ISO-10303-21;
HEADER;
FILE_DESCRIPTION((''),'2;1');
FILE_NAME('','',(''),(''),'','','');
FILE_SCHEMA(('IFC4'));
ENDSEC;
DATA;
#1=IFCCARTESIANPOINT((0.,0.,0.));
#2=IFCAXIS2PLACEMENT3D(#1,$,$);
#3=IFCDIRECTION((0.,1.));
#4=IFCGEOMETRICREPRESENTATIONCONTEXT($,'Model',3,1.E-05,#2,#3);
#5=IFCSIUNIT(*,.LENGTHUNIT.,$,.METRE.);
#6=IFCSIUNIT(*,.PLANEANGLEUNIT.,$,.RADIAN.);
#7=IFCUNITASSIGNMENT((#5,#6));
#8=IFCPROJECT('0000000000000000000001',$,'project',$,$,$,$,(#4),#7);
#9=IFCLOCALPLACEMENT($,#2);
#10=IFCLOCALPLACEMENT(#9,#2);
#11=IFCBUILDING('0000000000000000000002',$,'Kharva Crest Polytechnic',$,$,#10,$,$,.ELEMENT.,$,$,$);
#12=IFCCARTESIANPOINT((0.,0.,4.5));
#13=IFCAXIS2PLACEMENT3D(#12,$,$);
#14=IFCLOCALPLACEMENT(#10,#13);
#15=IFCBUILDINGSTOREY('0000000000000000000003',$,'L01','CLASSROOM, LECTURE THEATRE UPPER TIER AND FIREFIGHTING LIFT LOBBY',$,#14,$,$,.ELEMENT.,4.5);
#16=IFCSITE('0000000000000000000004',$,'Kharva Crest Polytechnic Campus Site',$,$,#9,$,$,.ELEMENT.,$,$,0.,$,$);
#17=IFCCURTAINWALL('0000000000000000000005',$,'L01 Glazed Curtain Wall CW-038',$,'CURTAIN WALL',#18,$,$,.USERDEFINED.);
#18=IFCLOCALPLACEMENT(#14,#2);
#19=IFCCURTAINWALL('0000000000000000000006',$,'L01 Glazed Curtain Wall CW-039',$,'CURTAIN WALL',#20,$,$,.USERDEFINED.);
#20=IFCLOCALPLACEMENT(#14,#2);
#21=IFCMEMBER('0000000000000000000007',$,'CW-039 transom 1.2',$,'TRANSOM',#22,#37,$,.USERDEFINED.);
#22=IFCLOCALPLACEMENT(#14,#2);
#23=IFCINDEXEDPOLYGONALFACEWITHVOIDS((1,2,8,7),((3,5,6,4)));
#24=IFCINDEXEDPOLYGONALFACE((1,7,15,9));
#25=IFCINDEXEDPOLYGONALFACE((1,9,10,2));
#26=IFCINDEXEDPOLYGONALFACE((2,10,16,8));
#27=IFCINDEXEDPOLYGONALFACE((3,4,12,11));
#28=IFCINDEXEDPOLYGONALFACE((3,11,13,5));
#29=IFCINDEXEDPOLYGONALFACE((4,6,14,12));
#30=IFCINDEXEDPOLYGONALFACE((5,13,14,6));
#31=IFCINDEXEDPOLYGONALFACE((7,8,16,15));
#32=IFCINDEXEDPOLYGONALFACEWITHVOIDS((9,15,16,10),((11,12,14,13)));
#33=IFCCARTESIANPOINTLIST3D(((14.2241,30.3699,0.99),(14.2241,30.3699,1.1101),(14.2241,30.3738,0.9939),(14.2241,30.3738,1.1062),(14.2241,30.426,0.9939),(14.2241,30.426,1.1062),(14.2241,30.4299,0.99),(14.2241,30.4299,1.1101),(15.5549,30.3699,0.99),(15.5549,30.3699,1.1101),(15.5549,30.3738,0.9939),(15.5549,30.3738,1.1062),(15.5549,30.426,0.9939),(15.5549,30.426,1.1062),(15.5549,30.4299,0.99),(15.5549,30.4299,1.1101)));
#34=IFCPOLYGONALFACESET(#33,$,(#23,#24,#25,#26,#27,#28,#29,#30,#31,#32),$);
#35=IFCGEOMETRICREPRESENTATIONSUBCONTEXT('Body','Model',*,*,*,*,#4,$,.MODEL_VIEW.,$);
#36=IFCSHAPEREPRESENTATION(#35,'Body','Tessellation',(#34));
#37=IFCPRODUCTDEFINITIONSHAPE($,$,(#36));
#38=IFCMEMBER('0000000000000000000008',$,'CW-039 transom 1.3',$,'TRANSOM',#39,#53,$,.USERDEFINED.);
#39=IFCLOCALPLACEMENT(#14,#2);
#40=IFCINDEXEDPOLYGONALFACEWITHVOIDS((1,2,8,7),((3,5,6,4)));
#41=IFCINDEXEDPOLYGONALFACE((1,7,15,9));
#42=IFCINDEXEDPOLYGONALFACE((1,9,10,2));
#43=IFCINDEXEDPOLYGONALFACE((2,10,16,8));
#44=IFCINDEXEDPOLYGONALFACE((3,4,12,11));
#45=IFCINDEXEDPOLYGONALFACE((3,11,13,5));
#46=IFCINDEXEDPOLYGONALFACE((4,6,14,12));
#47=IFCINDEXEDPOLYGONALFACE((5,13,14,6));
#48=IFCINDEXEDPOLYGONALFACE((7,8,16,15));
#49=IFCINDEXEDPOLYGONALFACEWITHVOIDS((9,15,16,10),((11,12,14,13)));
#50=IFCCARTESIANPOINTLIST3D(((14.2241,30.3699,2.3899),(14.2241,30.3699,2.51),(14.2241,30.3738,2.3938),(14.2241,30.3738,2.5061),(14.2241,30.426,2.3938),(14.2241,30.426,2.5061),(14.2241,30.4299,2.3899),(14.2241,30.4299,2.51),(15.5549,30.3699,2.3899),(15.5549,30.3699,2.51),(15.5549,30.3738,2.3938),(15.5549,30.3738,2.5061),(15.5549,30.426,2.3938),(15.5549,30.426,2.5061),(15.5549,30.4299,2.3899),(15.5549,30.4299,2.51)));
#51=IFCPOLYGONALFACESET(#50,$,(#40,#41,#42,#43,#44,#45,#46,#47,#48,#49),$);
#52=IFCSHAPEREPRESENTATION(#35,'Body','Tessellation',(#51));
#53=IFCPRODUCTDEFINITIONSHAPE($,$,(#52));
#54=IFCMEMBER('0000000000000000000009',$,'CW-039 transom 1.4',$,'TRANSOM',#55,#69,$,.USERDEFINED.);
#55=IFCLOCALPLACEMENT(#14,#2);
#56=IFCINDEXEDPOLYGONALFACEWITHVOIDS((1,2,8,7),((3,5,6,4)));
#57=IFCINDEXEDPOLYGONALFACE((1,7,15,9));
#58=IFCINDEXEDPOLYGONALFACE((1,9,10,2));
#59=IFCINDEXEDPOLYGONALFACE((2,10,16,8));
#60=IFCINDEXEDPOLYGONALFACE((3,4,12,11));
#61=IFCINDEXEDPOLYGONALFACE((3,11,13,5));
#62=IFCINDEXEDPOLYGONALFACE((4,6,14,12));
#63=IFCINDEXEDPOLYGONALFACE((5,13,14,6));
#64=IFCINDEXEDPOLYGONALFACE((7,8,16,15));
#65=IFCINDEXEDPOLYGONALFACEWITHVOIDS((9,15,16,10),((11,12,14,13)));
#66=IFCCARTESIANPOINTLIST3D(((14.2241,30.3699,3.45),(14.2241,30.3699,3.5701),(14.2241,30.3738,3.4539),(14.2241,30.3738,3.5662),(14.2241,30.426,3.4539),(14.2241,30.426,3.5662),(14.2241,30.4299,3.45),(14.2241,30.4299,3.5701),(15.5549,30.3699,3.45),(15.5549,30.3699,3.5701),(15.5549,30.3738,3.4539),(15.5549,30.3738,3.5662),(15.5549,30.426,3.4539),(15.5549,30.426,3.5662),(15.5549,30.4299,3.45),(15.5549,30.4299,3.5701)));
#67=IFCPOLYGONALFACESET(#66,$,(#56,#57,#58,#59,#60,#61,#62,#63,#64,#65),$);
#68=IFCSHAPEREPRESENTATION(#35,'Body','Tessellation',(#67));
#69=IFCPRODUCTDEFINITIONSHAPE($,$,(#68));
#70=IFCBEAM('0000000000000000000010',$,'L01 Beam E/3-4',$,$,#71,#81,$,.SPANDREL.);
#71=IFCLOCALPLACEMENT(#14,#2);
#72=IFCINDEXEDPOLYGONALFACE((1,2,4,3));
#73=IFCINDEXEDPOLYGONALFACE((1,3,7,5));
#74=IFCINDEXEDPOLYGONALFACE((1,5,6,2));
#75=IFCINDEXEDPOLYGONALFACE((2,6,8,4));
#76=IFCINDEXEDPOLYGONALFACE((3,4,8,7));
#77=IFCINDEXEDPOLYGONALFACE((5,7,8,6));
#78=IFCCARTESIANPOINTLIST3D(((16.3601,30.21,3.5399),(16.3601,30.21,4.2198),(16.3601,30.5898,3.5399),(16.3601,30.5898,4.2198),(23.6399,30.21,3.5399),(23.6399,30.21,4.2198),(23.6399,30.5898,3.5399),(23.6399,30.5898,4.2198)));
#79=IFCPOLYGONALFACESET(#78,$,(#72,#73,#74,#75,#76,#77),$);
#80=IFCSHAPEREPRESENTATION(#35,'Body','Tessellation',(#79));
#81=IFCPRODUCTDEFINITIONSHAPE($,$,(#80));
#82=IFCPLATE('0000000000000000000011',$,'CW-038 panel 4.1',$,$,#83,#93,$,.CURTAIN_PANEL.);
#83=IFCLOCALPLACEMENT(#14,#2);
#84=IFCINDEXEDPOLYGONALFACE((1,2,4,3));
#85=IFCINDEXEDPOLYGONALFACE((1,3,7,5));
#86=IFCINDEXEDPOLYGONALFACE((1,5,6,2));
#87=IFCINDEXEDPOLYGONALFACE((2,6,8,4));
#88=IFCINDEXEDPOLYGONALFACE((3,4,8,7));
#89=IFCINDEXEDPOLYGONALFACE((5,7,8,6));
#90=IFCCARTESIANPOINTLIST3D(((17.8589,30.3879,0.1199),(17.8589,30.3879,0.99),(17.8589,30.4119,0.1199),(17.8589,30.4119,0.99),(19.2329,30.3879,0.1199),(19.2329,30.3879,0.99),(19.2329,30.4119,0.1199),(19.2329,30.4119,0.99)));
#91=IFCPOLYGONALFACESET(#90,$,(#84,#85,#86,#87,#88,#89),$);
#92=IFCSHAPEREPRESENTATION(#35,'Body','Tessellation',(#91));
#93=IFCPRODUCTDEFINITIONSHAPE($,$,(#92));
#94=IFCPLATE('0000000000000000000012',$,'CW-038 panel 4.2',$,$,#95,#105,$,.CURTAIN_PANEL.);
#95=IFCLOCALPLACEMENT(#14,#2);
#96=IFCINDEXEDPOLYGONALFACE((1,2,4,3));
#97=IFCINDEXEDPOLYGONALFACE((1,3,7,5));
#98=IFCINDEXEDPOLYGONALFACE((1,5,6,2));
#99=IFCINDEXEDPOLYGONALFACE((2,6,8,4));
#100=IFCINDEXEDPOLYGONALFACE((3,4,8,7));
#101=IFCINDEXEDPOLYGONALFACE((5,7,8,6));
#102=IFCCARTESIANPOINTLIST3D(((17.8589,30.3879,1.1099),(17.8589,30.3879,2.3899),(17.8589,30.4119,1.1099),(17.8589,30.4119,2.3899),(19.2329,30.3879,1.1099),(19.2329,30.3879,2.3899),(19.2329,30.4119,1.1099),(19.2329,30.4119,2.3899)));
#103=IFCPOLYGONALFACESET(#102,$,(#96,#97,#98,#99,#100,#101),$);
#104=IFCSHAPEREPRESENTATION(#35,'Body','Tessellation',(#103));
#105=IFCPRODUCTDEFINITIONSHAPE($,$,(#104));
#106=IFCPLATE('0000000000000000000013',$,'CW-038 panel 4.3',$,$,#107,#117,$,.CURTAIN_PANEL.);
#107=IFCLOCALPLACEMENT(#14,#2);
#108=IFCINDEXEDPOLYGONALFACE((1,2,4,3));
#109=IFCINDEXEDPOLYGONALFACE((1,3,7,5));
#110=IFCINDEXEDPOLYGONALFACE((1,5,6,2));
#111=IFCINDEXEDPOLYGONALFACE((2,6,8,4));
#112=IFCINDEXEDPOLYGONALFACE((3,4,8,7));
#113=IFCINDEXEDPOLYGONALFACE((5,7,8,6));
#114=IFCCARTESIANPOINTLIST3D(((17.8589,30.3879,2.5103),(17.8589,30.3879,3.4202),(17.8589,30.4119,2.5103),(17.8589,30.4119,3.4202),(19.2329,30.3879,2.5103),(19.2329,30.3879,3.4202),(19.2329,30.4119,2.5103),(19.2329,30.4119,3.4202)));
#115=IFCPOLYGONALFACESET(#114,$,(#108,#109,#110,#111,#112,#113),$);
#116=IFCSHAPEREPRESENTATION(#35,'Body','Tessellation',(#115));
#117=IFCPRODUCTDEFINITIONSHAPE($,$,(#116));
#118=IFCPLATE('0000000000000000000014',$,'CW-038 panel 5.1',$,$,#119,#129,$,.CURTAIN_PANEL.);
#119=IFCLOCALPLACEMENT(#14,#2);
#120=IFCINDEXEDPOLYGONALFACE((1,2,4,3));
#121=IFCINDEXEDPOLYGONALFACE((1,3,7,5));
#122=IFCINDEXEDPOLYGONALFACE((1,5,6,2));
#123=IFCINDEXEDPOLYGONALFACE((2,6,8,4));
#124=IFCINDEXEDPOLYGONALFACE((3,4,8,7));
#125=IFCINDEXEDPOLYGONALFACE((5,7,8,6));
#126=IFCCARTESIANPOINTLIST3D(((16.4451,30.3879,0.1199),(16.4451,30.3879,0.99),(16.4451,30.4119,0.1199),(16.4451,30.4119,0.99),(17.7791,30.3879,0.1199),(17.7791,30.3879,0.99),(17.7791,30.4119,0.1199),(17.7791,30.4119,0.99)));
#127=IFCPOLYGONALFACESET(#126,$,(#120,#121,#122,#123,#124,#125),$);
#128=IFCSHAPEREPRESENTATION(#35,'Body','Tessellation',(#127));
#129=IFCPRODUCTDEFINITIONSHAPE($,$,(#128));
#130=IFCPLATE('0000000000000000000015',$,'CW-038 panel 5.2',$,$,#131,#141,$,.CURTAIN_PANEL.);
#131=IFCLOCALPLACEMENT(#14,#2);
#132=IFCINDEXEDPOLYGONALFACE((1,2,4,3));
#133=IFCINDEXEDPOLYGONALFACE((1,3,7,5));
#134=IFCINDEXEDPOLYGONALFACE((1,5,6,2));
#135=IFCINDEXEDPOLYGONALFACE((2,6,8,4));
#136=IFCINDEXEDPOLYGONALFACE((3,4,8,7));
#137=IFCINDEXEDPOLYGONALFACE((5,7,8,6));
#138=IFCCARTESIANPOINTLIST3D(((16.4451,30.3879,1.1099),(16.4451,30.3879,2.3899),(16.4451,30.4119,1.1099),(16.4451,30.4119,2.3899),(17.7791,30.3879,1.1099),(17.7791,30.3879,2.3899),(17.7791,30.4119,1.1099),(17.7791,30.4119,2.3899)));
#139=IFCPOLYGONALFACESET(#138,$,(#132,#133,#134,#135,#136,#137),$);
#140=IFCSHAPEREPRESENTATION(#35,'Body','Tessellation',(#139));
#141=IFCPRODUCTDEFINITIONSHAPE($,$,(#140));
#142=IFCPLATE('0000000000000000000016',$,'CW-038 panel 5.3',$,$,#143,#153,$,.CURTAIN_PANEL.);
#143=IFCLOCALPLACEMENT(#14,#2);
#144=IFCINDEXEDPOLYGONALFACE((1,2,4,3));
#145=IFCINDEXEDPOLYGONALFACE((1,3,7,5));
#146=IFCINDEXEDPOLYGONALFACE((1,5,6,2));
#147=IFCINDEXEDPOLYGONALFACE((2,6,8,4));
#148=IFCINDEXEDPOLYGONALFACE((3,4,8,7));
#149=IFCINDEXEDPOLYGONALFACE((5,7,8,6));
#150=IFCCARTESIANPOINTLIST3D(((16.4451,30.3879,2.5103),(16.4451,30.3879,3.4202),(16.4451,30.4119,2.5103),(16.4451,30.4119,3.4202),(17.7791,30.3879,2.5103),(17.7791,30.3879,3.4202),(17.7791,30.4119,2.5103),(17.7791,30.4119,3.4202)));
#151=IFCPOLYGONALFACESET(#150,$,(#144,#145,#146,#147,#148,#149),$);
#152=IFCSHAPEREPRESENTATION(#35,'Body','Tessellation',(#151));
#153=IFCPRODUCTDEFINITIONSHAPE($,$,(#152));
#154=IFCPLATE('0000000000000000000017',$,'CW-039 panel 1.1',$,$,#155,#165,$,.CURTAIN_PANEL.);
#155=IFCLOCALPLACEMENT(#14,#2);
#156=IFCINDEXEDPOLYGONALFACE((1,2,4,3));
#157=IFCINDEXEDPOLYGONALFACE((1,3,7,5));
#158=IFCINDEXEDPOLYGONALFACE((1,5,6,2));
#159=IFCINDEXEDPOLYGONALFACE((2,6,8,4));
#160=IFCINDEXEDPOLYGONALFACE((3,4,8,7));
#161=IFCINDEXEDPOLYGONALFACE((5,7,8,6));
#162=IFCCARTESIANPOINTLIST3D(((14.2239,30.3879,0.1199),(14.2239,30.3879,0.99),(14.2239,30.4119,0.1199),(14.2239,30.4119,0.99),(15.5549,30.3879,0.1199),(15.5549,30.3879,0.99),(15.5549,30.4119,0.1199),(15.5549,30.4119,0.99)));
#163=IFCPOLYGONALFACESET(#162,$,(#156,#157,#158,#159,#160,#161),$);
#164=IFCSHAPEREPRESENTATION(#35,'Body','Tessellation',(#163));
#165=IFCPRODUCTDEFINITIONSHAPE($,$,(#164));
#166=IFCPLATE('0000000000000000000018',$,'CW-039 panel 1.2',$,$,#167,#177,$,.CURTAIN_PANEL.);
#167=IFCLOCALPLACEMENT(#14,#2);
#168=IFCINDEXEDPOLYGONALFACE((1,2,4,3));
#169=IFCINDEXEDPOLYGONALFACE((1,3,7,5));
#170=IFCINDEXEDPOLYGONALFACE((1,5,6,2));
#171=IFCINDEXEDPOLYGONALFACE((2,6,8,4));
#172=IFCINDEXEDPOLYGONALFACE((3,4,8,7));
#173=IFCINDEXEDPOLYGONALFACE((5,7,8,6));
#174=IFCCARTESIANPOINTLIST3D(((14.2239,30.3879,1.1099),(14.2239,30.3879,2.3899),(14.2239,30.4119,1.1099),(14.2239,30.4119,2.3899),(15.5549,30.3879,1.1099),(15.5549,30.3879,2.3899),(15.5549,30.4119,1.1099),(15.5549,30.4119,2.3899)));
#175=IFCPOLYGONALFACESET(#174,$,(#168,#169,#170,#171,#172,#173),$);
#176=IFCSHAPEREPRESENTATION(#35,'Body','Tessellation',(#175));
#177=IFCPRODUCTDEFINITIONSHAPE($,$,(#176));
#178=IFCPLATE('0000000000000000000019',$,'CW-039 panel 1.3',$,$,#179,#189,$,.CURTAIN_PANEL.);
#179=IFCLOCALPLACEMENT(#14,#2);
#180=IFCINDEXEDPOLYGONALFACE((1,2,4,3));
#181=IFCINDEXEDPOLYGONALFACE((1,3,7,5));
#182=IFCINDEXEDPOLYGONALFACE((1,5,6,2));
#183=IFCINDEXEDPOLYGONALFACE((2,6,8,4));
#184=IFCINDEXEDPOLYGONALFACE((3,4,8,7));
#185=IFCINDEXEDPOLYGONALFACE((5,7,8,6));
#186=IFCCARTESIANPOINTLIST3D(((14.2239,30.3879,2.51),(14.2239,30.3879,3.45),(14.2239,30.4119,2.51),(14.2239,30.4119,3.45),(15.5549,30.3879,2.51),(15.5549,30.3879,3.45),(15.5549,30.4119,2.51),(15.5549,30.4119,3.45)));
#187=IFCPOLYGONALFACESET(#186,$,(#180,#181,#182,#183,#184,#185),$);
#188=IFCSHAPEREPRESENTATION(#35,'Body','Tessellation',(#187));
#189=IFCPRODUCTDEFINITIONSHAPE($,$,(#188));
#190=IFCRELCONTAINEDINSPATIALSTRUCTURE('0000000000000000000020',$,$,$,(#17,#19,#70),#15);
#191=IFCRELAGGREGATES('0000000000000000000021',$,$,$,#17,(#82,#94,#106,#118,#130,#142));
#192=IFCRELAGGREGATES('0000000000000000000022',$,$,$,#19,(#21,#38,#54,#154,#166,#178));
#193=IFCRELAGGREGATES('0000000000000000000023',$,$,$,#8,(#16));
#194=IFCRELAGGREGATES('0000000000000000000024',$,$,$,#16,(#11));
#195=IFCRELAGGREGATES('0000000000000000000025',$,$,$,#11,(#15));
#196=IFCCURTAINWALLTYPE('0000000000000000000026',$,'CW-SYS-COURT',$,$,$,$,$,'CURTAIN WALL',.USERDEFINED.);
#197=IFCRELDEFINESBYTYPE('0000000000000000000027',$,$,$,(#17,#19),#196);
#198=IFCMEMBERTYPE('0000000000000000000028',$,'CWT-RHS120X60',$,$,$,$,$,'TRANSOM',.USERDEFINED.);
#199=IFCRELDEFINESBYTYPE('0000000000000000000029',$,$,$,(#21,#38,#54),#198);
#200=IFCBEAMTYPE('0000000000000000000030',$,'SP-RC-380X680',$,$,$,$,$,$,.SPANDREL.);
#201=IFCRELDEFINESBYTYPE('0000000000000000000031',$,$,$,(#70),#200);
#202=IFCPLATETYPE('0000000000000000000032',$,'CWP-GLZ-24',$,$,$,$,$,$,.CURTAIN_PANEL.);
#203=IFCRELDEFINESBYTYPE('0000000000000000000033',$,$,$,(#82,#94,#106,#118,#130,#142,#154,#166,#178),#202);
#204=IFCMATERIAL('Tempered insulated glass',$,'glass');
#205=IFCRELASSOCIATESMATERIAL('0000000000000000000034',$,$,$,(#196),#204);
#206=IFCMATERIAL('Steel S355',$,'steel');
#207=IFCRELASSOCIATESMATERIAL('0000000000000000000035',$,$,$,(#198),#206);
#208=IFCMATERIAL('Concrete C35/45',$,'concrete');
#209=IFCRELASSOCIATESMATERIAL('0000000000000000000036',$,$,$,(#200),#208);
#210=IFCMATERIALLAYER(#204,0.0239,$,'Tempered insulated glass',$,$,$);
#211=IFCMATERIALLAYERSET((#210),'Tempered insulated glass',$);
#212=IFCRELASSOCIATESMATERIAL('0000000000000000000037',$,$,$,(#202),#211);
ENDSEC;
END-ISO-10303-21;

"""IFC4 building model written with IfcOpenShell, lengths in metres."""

from ifc_helpers import new_model, si_unit, direction, frame, origin, origin_2d, place, context, subcontext, project, spatial, rectangle, hollow_rectangle, extrude, material, layer, layer_set, material_profile, profile_set, type_object, element, aggregate, save


model = new_model("IFC4")

# Units and contexts
model_context = context("Model", 3, precision=1e-05, world=origin(), true_north=direction((0.0, 1.0)))
body_context = subcontext(model_context, "Body", "Model", "MODEL_VIEW")
ifc_project = project(units=[si_unit("LENGTHUNIT", "METRE"), si_unit("PLANEANGLEUNIT", "RADIAN")], contexts=[model_context])

# Site, building, storey
site_placement = place(None, origin())
site = spatial("IfcSite", under=ifc_project, at=site_placement, Name="Kharva Crest Polytechnic Campus Site", CompositionType="ELEMENT", RefElevation=0.0)
building_placement = place(site_placement, origin())
building = spatial("IfcBuilding", under=site, at=building_placement, Name="Kharva Crest Polytechnic", CompositionType="ELEMENT")
storey_placement = place(building_placement, frame((0.0, 0.0, 4.5)))
storey = spatial("IfcBuildingStorey", under=building, at=storey_placement, Name="L01", Description="CLASSROOM, LECTURE THEATRE UPPER TIER AND FIREFIGHTING LIFT LOBBY", CompositionType="ELEMENT", Elevation=4.5)

# Curtain wall
ifc_material_1 = material(Name="Tempered insulated glass", Category="glass")
curtain_wall_type = type_object("IfcCurtainWallType", Name="CW-SYS-COURT", ElementType="CURTAIN WALL", PredefinedType="USERDEFINED", material=ifc_material_1)
curtain_wall_1_placement = place(storey_placement, origin())
curtain_wall_1 = element("IfcCurtainWall", 1, at=curtain_wall_1_placement, inside=storey, type_object=curtain_wall_type, Name="L01 Glazed Curtain Wall CW-038", ObjectType="CURTAIN WALL", PredefinedType="USERDEFINED")
ifc_material_2 = material(Name="Steel S355", Category="steel")

# Curtain wall
curtain_wall_2_placement = place(storey_placement, origin())
curtain_wall_2 = element("IfcCurtainWall", 2, at=curtain_wall_2_placement, inside=storey, type_object=curtain_wall_type, Name="L01 Glazed Curtain Wall CW-039", ObjectType="CURTAIN WALL", PredefinedType="USERDEFINED")

# Members
ifc_material_profile_1 = material_profile(ifc_material_2, hollow_rectangle(XDim=0.0601, YDim=0.1201, WallThickness=0.0039, at=origin_2d()), Name="RHS 120X60X4.0")
ifc_profile_set_1 = profile_set([ifc_material_profile_1], Name="Steel S355")
member_type_1 = type_object("IfcMemberType", Name="CWT-RHS120X60", ElementType="TRANSOM", PredefinedType="USERDEFINED", material=ifc_profile_set_1)
member_1_placement = place(storey_placement, frame((15.5549, 30.3999, 1.05), z_axis=(-1.0, 0.0, 0.0), x_axis=(0.0, -1.0, 0.0)))
member_1 = element("IfcMember", 3, at=member_1_placement, type_object=member_type_1, Name="CW-039 transom 1.2", ObjectType="TRANSOM", PredefinedType="USERDEFINED", context=body_context, shape_type="SweptSolid", body=[
    extrude(hollow_rectangle(XDim=0.0601, YDim=0.1201, WallThickness=0.0039, at=origin_2d()), origin(), (0.0, 0.0, 1.0), 1.3308),
])
member_2_placement = place(storey_placement, frame((15.5549, 30.3999, 2.45), z_axis=(-1.0, 0.0, 0.0), x_axis=(0.0, -1.0, 0.0)))
member_2 = element("IfcMember", 4, at=member_2_placement, type_object=member_type_1, Name="CW-039 transom 1.3", ObjectType="TRANSOM", PredefinedType="USERDEFINED", context=body_context, shape_type="SweptSolid", body=[
    extrude(hollow_rectangle(XDim=0.0601, YDim=0.1201, WallThickness=0.0039, at=origin_2d()), origin(), (0.0, 0.0, 1.0), 1.3308),
])
member_3_placement = place(storey_placement, frame((15.5549, 30.3999, 3.51), z_axis=(-1.0, 0.0, 0.0), x_axis=(0.0, -1.0, 0.0)))
member_3 = element("IfcMember", 5, at=member_3_placement, type_object=member_type_1, Name="CW-039 transom 1.4", ObjectType="TRANSOM", PredefinedType="USERDEFINED", context=body_context, shape_type="SweptSolid", body=[
    extrude(hollow_rectangle(XDim=0.0601, YDim=0.1201, WallThickness=0.0039, at=origin_2d()), origin(), (0.0, 0.0, 1.0), 1.3308),
])

# Beam
ifc_material_3 = material(Name="Concrete C35/45", Category="concrete")
ifc_material_profile_2 = material_profile(ifc_material_3, rectangle(XDim=0.3799, YDim=0.6799, at=origin_2d()), Name="RECT 380 X 680")
ifc_profile_set_2 = profile_set([ifc_material_profile_2], Name="Concrete C35/45")
beam_type = type_object("IfcBeamType", Name="SP-RC-380X680", PredefinedType="SPANDREL", material=ifc_profile_set_2)
beam_placement = place(storey_placement, frame((16.3601, 30.3999, 3.8799), z_axis=(1.0, 0.0, 0.0), x_axis=(0.0, 1.0, 0.0)))
element("IfcBeam", 6, at=beam_placement, inside=storey, type_object=beam_type, Name="L01 Beam E/3-4", PredefinedType="SPANDREL", context=body_context, shape_type="SweptSolid", body=[
    extrude(rectangle(XDim=0.3799, YDim=0.6799, at=origin_2d()), origin(), (0.0, 0.0, 1.0), 7.2798),
])

# Plates
ifc_layer = layer(ifc_material_1, 0.0239, Name="Tempered insulated glass")
ifc_layer_set = layer_set([ifc_layer], Name="Tempered insulated glass")
plate_type = type_object("IfcPlateType", Name="CWP-GLZ-24", PredefinedType="CURTAIN_PANEL", material=ifc_layer_set)
plate_1_placement = place(storey_placement, frame((18.5459, 30.3999, 0.1199), z_axis=(0.0, 0.0, 1.0), x_axis=(-1.0, 0.0, 0.0)))
plate_1 = element("IfcPlate", 7, at=plate_1_placement, type_object=plate_type, Name="CW-038 panel 4.1", PredefinedType="CURTAIN_PANEL", context=body_context, shape_type="SweptSolid", body=[
    extrude(rectangle(XDim=1.374, YDim=0.0239, at=origin_2d()), origin(), (0.0, 0.0, 1.0), 0.8701),
])
plate_2_placement = place(storey_placement, frame((18.5459, 30.3999, 1.1099), z_axis=(0.0, 0.0, 1.0), x_axis=(-1.0, 0.0, 0.0)))
plate_2 = element("IfcPlate", 8, at=plate_2_placement, type_object=plate_type, Name="CW-038 panel 4.2", PredefinedType="CURTAIN_PANEL", context=body_context, shape_type="SweptSolid", body=[
    extrude(rectangle(XDim=1.374, YDim=0.0239, at=origin_2d()), origin(), (0.0, 0.0, 1.0), 1.28),
])
plate_3_placement = place(storey_placement, frame((18.5459, 30.3999, 2.5103), z_axis=(0.0, 0.0, 1.0), x_axis=(-1.0, 0.0, 0.0)))
plate_3 = element("IfcPlate", 9, at=plate_3_placement, type_object=plate_type, Name="CW-038 panel 4.3", PredefinedType="CURTAIN_PANEL", context=body_context, shape_type="SweptSolid", body=[
    extrude(rectangle(XDim=1.374, YDim=0.0239, at=origin_2d()), origin(), (0.0, 0.0, 1.0), 0.9099),
])
plate_4_placement = place(storey_placement, frame((17.1121, 30.3999, 0.1199), z_axis=(0.0, 0.0, 1.0), x_axis=(-1.0, 0.0, 0.0)))
plate_4 = element("IfcPlate", 10, at=plate_4_placement, type_object=plate_type, Name="CW-038 panel 5.1", PredefinedType="CURTAIN_PANEL", context=body_context, shape_type="SweptSolid", body=[
    extrude(rectangle(XDim=1.334, YDim=0.0239, at=origin_2d()), origin(), (0.0, 0.0, 1.0), 0.8701),
])
plate_5_placement = place(storey_placement, frame((17.1121, 30.3999, 1.1099), z_axis=(0.0, 0.0, 1.0), x_axis=(-1.0, 0.0, 0.0)))
plate_5 = element("IfcPlate", 11, at=plate_5_placement, type_object=plate_type, Name="CW-038 panel 5.2", PredefinedType="CURTAIN_PANEL", context=body_context, shape_type="SweptSolid", body=[
    extrude(rectangle(XDim=1.334, YDim=0.0239, at=origin_2d()), origin(), (0.0, 0.0, 1.0), 1.28),
])
plate_6_placement = place(storey_placement, frame((17.1121, 30.3999, 2.5103), z_axis=(0.0, 0.0, 1.0), x_axis=(-1.0, 0.0, 0.0)))
plate_6 = element("IfcPlate", 12, at=plate_6_placement, type_object=plate_type, Name="CW-038 panel 5.3", PredefinedType="CURTAIN_PANEL", context=body_context, shape_type="SweptSolid", body=[
    extrude(rectangle(XDim=1.334, YDim=0.0239, at=origin_2d()), origin(), (0.0, 0.0, 1.0), 0.9099),
])
aggregate(curtain_wall_1, [plate_1, plate_2, plate_3, plate_4, plate_5, plate_6])
plate_7_placement = place(storey_placement, frame((14.8894, 30.3999, 0.1199), z_axis=(0.0, 0.0, 1.0), x_axis=(-1.0, 0.0, 0.0)))
plate_7 = element("IfcPlate", 13, at=plate_7_placement, type_object=plate_type, Name="CW-039 panel 1.1", PredefinedType="CURTAIN_PANEL", context=body_context, shape_type="SweptSolid", body=[
    extrude(rectangle(XDim=1.3311, YDim=0.0239, at=origin_2d()), origin(), (0.0, 0.0, 1.0), 0.8701),
])
plate_8_placement = place(storey_placement, frame((14.8894, 30.3999, 1.1099), z_axis=(0.0, 0.0, 1.0), x_axis=(-1.0, 0.0, 0.0)))
plate_8 = element("IfcPlate", 14, at=plate_8_placement, type_object=plate_type, Name="CW-039 panel 1.2", PredefinedType="CURTAIN_PANEL", context=body_context, shape_type="SweptSolid", body=[
    extrude(rectangle(XDim=1.3311, YDim=0.0239, at=origin_2d()), origin(), (0.0, 0.0, 1.0), 1.28),
])
plate_9_placement = place(storey_placement, frame((14.8894, 30.3999, 2.51), z_axis=(0.0, 0.0, 1.0), x_axis=(-1.0, 0.0, 0.0)))
plate_9 = element("IfcPlate", 15, at=plate_9_placement, type_object=plate_type, Name="CW-039 panel 1.3", PredefinedType="CURTAIN_PANEL", context=body_context, shape_type="SweptSolid", body=[
    extrude(rectangle(XDim=1.3311, YDim=0.0239, at=origin_2d()), origin(), (0.0, 0.0, 1.0), 0.9399),
])
aggregate(curtain_wall_2, [member_1, member_2, member_3, plate_7, plate_8, plate_9])

save(model, "model.ifc")
